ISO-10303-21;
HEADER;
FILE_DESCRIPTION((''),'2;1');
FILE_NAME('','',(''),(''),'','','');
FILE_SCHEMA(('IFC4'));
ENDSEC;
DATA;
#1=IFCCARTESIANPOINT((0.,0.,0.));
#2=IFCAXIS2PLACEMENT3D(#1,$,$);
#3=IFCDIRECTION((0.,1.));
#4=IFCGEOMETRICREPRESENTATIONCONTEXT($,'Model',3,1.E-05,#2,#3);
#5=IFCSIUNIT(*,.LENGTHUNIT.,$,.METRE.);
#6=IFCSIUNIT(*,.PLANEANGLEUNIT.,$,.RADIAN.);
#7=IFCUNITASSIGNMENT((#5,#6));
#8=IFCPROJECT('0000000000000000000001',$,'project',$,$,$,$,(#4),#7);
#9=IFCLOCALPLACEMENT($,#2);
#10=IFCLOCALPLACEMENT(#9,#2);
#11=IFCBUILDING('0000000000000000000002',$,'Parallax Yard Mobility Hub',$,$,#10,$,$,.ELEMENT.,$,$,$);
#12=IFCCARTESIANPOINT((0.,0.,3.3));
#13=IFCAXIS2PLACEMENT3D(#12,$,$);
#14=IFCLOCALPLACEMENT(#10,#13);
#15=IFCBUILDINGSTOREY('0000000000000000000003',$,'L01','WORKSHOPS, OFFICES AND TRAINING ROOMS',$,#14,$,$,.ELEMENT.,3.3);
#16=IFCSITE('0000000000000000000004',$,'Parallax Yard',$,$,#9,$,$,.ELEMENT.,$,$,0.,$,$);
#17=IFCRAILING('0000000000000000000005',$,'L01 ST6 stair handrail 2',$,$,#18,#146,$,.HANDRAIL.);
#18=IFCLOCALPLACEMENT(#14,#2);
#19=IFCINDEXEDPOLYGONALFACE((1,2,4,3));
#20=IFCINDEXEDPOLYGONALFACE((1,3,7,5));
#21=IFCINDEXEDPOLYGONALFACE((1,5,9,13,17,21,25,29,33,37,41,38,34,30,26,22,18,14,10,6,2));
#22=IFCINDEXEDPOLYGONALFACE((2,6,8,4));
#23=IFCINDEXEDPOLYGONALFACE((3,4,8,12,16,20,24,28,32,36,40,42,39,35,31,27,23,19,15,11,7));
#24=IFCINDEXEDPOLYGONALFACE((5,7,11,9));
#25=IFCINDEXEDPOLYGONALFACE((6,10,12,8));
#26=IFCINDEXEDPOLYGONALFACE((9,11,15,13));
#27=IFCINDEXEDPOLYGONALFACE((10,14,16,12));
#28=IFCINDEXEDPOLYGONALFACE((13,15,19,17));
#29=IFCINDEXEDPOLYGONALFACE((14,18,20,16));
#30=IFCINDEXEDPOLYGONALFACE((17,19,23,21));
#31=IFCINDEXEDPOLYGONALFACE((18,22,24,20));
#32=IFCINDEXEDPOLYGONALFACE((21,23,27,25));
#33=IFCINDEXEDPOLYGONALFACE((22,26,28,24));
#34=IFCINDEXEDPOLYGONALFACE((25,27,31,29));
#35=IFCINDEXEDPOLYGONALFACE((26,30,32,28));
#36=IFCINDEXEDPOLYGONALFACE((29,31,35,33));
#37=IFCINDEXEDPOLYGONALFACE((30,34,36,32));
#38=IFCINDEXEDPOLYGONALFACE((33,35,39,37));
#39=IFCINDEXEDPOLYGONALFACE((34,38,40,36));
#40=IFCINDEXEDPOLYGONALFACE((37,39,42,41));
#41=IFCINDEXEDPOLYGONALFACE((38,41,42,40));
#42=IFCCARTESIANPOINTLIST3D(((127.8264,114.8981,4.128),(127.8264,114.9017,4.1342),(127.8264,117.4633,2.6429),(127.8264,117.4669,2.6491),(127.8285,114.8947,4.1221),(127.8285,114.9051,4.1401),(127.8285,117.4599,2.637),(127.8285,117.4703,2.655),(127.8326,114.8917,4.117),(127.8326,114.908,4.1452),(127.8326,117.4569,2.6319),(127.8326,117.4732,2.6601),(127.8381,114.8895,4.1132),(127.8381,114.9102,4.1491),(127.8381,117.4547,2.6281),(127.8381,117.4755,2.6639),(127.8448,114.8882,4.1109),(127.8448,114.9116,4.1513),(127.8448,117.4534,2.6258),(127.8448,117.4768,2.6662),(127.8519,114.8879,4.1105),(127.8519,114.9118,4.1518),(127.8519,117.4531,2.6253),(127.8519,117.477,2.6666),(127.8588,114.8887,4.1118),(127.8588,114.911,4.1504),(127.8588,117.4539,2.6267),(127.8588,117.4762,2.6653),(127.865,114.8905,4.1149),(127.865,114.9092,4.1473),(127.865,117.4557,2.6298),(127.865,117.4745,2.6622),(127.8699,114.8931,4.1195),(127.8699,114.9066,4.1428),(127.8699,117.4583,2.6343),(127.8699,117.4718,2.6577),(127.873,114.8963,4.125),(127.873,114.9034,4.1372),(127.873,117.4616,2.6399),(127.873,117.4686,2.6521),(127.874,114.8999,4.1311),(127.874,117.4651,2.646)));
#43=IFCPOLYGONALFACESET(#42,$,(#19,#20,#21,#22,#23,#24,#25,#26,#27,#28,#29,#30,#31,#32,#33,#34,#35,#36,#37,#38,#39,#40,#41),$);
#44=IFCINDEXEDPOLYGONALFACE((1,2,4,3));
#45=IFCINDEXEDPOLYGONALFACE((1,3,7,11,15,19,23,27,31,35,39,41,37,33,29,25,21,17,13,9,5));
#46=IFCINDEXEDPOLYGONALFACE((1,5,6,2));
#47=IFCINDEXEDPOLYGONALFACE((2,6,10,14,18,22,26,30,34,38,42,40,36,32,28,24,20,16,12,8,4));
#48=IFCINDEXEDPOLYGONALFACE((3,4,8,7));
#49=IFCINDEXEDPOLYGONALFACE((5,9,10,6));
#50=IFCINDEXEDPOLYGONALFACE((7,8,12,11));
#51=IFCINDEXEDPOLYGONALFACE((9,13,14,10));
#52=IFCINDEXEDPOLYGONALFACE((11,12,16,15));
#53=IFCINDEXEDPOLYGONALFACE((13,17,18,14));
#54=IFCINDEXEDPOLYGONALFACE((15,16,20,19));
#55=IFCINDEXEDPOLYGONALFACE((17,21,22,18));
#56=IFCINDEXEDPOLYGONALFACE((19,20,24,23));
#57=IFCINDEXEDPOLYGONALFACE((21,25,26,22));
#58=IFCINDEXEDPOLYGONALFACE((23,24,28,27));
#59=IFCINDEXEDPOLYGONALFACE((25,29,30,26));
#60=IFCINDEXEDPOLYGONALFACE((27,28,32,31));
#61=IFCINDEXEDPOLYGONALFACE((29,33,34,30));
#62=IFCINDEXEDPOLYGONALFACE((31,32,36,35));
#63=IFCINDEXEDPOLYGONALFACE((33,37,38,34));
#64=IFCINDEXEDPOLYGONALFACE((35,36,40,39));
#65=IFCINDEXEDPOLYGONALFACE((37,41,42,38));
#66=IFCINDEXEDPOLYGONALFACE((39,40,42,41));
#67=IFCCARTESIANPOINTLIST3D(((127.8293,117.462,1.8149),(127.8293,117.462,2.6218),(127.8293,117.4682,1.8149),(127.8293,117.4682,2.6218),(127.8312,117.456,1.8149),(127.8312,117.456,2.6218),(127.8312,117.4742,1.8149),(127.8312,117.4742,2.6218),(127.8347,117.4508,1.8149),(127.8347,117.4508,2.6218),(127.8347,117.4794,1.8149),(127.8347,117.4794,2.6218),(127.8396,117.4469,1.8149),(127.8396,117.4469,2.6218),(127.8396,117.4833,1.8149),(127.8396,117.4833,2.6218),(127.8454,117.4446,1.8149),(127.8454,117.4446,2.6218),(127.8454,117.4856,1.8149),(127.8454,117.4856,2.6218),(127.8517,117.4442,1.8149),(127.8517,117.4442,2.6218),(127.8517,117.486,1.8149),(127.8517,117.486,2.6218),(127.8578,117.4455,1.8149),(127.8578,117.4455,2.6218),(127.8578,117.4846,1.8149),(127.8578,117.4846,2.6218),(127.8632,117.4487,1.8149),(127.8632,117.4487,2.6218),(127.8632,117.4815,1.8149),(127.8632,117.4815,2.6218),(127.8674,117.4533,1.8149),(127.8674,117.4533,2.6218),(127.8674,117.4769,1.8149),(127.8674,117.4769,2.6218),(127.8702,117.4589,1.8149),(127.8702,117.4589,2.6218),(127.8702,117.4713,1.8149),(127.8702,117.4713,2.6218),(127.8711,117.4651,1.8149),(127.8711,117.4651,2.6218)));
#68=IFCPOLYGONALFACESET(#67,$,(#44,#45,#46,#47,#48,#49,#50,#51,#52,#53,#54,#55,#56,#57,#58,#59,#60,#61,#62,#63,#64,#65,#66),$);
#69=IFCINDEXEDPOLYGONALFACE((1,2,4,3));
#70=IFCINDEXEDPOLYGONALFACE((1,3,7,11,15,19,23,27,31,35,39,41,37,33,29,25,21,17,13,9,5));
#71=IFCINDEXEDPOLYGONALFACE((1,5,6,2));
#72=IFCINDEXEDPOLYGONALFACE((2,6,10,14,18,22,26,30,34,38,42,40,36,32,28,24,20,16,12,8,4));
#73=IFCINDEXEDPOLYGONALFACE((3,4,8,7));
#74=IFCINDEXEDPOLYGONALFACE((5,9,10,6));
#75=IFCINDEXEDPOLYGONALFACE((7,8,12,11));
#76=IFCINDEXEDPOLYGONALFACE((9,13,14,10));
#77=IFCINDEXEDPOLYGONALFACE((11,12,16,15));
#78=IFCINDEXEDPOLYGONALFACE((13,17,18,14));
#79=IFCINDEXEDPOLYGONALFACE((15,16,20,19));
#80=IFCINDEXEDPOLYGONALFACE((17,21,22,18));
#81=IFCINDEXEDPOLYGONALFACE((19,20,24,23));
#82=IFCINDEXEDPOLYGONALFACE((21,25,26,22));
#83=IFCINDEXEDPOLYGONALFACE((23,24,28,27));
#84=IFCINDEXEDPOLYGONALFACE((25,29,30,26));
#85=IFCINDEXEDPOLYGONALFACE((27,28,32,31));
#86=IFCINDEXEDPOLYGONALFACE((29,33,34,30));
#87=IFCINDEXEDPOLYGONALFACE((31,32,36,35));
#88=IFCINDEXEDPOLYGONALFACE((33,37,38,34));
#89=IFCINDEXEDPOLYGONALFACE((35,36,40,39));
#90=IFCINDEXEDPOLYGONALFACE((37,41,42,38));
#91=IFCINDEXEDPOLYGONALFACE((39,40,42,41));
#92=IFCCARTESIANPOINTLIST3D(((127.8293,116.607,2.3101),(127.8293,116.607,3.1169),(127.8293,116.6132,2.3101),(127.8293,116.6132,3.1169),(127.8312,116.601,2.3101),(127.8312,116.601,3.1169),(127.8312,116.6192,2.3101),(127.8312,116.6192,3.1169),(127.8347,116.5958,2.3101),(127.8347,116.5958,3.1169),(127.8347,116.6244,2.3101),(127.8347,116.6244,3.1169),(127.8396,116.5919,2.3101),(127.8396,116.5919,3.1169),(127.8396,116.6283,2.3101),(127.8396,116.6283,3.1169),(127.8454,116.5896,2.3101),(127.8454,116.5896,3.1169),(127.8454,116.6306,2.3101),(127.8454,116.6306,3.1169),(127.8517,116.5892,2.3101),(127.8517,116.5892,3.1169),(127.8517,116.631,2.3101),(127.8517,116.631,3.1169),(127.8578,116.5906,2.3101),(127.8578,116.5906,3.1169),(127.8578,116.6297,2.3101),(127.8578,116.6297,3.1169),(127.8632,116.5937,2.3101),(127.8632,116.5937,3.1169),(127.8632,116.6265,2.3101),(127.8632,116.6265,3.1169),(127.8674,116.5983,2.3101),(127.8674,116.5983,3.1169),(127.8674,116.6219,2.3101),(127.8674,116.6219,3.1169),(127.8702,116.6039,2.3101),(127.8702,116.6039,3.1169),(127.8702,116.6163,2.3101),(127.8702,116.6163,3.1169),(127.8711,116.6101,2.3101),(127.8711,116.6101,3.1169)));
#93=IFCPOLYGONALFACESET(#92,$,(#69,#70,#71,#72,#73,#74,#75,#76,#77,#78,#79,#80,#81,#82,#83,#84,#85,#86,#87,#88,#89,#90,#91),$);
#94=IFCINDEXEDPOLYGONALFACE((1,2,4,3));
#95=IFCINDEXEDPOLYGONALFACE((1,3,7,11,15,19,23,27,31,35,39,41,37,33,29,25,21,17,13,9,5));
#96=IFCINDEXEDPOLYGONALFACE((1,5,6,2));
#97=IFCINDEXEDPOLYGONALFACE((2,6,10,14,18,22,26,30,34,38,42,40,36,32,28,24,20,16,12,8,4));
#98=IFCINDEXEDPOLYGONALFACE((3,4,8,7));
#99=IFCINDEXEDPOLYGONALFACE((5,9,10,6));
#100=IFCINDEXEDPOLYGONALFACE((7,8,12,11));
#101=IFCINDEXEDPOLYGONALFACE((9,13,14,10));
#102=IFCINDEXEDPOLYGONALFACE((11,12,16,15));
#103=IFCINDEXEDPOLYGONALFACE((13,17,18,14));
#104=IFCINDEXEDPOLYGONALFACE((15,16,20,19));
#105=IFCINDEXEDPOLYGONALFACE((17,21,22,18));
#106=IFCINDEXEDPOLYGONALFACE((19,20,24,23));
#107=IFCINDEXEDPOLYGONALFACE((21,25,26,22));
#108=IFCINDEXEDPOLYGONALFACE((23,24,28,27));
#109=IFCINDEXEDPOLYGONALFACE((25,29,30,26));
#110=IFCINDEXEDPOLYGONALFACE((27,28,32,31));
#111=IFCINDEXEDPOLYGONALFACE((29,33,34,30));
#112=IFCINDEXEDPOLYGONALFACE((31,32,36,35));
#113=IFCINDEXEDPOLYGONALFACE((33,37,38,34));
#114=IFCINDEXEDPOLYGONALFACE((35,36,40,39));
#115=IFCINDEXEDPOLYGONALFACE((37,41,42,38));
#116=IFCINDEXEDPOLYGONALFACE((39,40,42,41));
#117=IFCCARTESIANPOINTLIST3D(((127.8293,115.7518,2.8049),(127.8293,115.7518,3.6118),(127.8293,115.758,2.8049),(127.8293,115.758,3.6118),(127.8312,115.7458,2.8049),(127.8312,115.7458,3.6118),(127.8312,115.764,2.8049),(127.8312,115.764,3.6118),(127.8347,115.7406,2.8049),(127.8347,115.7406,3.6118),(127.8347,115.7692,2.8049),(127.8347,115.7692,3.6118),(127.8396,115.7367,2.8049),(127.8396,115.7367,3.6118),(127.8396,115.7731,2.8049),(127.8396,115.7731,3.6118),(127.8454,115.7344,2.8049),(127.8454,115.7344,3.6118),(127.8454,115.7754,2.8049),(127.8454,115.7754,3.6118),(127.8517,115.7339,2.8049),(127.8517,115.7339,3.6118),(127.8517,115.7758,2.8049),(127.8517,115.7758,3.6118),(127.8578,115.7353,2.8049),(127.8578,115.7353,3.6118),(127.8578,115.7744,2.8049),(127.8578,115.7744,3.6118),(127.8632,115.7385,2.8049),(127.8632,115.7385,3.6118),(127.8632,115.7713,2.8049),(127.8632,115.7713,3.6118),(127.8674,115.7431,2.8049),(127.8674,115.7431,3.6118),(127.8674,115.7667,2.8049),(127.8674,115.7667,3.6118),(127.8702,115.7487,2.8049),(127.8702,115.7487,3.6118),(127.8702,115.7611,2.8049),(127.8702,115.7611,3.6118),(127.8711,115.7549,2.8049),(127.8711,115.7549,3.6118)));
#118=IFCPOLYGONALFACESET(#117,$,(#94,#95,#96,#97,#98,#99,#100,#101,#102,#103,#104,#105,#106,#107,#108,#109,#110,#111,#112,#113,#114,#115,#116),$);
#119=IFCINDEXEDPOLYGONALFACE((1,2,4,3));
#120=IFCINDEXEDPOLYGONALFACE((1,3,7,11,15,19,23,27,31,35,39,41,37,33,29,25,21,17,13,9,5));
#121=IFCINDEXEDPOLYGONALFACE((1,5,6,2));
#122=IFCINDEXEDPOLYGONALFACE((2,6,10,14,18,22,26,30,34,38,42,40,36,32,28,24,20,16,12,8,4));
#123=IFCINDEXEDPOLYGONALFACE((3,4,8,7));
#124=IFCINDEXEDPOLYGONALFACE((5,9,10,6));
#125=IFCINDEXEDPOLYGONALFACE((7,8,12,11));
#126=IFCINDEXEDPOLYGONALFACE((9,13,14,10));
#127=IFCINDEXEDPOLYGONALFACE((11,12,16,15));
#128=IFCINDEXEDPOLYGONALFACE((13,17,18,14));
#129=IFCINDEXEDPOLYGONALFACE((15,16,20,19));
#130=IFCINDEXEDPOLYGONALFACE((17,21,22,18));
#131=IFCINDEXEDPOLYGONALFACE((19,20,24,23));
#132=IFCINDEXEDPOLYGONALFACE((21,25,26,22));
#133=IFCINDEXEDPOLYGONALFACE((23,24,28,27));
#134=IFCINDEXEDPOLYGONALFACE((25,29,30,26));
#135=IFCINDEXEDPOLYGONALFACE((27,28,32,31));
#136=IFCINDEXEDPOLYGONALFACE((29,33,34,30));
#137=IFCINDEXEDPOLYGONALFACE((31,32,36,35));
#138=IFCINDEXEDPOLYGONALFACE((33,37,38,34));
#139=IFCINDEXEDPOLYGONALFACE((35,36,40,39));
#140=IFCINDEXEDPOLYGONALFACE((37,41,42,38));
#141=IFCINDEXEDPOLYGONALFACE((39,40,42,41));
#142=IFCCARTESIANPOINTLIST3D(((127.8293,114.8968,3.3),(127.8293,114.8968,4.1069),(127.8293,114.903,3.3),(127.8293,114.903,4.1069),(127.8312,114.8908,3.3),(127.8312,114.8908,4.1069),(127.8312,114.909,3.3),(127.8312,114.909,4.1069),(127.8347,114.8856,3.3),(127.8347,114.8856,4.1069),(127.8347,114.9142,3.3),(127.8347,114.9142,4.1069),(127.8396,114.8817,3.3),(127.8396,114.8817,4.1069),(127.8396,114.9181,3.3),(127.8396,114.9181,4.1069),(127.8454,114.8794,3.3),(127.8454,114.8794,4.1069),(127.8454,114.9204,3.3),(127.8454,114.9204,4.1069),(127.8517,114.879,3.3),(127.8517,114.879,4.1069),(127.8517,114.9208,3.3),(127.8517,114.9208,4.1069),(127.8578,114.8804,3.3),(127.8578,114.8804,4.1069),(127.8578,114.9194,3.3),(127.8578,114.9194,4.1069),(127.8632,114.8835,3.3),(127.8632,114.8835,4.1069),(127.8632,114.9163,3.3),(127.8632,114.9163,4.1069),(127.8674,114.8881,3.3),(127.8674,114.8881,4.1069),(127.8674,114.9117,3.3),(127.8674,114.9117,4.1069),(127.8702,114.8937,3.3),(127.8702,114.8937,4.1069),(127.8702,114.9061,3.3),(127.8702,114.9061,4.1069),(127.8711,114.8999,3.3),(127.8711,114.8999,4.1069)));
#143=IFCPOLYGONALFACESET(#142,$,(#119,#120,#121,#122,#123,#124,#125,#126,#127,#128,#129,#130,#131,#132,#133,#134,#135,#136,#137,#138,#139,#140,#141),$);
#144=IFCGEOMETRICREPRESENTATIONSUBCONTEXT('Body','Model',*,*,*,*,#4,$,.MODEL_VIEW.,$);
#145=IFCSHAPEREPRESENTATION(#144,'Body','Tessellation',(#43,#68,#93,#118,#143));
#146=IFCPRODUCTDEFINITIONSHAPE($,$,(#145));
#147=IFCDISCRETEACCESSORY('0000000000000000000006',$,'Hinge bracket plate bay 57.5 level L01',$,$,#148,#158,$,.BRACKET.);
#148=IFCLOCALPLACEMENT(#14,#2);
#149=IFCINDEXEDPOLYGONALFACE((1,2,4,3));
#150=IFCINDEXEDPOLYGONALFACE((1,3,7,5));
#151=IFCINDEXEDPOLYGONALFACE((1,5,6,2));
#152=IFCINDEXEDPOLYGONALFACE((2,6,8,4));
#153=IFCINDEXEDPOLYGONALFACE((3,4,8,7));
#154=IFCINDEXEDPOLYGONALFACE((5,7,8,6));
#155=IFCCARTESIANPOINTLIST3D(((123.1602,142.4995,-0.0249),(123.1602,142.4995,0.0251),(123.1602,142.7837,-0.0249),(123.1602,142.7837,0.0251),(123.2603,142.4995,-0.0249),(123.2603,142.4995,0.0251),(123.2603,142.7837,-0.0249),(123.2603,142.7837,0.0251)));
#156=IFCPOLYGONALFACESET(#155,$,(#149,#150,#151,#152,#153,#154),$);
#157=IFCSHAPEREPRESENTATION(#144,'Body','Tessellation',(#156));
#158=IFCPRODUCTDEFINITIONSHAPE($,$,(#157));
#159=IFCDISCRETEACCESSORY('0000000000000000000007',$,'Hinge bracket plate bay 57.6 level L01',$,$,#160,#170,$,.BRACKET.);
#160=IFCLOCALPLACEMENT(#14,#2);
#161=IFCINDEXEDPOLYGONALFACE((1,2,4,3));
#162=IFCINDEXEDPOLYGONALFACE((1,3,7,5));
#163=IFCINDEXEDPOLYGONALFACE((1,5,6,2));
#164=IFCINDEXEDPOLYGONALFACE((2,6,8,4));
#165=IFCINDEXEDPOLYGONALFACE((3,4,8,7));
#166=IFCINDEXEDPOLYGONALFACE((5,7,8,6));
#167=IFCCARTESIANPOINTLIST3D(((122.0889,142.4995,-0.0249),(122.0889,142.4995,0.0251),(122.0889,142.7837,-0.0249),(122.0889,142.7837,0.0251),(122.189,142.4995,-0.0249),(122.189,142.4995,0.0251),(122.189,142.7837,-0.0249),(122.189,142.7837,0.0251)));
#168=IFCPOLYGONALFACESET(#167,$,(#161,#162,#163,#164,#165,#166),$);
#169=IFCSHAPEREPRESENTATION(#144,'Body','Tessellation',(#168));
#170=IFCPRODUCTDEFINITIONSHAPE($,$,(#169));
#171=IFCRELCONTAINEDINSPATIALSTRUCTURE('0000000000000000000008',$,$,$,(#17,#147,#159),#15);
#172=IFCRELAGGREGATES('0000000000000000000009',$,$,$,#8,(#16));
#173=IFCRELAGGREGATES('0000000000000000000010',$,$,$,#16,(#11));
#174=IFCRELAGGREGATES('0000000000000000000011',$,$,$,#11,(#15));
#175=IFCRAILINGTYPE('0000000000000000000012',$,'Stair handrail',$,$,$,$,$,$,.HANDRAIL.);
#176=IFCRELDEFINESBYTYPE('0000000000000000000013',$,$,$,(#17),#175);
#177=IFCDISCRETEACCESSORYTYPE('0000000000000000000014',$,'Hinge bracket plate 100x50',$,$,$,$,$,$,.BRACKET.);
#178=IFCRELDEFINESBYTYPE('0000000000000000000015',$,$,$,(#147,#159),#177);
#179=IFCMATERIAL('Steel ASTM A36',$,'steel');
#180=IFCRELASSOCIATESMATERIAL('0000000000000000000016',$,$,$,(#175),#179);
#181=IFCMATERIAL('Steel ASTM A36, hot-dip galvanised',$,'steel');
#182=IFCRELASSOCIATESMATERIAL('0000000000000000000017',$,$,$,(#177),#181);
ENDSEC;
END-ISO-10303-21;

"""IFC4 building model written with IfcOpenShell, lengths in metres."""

from ifc_helpers import new_model, si_unit, direction, frame, origin, origin_2d, place, context, subcontext, project, spatial, rectangle, circle, extrude, material, type_object, element, save


model = new_model("IFC4")

# Units and contexts
model_context = context("Model", 3, precision=1e-05, world=origin(), true_north=direction((0.0, 1.0)))
body_context = subcontext(model_context, "Body", "Model", "MODEL_VIEW")
ifc_project = project(units=[si_unit("LENGTHUNIT", "METRE"), si_unit("PLANEANGLEUNIT", "RADIAN")], contexts=[model_context])

# Site, building, storey
site_placement = place(None, origin())
site = spatial("IfcSite", under=ifc_project, at=site_placement, Name="Parallax Yard", CompositionType="ELEMENT", RefElevation=0.0)
building_placement = place(site_placement, origin())
building = spatial("IfcBuilding", under=site, at=building_placement, Name="Parallax Yard Mobility Hub", CompositionType="ELEMENT")
storey_placement = place(building_placement, frame((0.0, 0.0, 3.3)))
storey = spatial("IfcBuildingStorey", under=building, at=storey_placement, Name="L01", Description="WORKSHOPS, OFFICES AND TRAINING ROOMS", CompositionType="ELEMENT", Elevation=3.3)

# Railing
ifc_material_1 = material(Name="Steel ASTM A36", Category="steel")
railing_type_1 = type_object("IfcRailingType", Name="Stair handrail", PredefinedType="HANDRAIL", material=ifc_material_1)
railing_1_placement = place(storey_placement, frame((127.8501, 117.4651, 1.8149)))
element("IfcRailing", 1, at=railing_1_placement, inside=storey, type_object=railing_type_1, Name="L01 ST6 stair handrail 2", PredefinedType="HANDRAIL", context=body_context, shape_type="SweptSolid", body=[
    extrude(circle(Radius=0.0239, at=origin_2d()), frame((0.0, 0.0, 0.8311), z_axis=(0.0, -0.865426, 0.501036), x_axis=(1.0, 0.0, 0.0)), (0.0, 0.0, 1.0), 2.9641),
    extrude(circle(Radius=0.021, at=origin_2d()), origin(), (0.0, 0.0, 1.0), 0.8069),
    extrude(circle(Radius=0.021, at=origin_2d()), frame((0.0, -0.855, 0.4951)), (0.0, 0.0, 1.0), 0.8069),
    extrude(circle(Radius=0.021, at=origin_2d()), frame((0.0, -1.7102, 0.99)), (0.0, 0.0, 1.0), 0.8069),
    extrude(circle(Radius=0.021, at=origin_2d()), frame((0.0, -2.5652, 1.4851)), (0.0, 0.0, 1.0), 0.8069),
])

# Discrete accessories
ifc_material_2 = material(Name="Steel ASTM A36, hot-dip galvanised", Category="steel")
discrete_accessory_type = type_object("IfcDiscreteAccessoryType", Name="Hinge bracket plate 100x50", PredefinedType="BRACKET", material=ifc_material_2)
for number, where, z_axis, x_axis, name in (
    (2, (123.2102, 142.6416, -0.0249), (0.0, 0.0, 1.0), (0.0, 1.0, 0.0), "Hinge bracket plate bay 57.5 level L01"),
    (3, (122.1389, 142.6416, -0.0249), (0.0, 0.0, 1.0), (0.0, 1.0, 0.0), "Hinge bracket plate bay 57.6 level L01"),
):
    element("IfcDiscreteAccessory", number, at=place(storey_placement, frame(where, z_axis=z_axis, x_axis=x_axis)), inside=storey, type_object=discrete_accessory_type, Name=name, PredefinedType="BRACKET", context=body_context, shape_type="SweptSolid", body=[
        extrude(rectangle(XDim=0.2842, YDim=0.1001, at=origin_2d()), origin(), (0.0, 0.0, 1.0), 0.05),
    ])

save(model, "model.ifc")
